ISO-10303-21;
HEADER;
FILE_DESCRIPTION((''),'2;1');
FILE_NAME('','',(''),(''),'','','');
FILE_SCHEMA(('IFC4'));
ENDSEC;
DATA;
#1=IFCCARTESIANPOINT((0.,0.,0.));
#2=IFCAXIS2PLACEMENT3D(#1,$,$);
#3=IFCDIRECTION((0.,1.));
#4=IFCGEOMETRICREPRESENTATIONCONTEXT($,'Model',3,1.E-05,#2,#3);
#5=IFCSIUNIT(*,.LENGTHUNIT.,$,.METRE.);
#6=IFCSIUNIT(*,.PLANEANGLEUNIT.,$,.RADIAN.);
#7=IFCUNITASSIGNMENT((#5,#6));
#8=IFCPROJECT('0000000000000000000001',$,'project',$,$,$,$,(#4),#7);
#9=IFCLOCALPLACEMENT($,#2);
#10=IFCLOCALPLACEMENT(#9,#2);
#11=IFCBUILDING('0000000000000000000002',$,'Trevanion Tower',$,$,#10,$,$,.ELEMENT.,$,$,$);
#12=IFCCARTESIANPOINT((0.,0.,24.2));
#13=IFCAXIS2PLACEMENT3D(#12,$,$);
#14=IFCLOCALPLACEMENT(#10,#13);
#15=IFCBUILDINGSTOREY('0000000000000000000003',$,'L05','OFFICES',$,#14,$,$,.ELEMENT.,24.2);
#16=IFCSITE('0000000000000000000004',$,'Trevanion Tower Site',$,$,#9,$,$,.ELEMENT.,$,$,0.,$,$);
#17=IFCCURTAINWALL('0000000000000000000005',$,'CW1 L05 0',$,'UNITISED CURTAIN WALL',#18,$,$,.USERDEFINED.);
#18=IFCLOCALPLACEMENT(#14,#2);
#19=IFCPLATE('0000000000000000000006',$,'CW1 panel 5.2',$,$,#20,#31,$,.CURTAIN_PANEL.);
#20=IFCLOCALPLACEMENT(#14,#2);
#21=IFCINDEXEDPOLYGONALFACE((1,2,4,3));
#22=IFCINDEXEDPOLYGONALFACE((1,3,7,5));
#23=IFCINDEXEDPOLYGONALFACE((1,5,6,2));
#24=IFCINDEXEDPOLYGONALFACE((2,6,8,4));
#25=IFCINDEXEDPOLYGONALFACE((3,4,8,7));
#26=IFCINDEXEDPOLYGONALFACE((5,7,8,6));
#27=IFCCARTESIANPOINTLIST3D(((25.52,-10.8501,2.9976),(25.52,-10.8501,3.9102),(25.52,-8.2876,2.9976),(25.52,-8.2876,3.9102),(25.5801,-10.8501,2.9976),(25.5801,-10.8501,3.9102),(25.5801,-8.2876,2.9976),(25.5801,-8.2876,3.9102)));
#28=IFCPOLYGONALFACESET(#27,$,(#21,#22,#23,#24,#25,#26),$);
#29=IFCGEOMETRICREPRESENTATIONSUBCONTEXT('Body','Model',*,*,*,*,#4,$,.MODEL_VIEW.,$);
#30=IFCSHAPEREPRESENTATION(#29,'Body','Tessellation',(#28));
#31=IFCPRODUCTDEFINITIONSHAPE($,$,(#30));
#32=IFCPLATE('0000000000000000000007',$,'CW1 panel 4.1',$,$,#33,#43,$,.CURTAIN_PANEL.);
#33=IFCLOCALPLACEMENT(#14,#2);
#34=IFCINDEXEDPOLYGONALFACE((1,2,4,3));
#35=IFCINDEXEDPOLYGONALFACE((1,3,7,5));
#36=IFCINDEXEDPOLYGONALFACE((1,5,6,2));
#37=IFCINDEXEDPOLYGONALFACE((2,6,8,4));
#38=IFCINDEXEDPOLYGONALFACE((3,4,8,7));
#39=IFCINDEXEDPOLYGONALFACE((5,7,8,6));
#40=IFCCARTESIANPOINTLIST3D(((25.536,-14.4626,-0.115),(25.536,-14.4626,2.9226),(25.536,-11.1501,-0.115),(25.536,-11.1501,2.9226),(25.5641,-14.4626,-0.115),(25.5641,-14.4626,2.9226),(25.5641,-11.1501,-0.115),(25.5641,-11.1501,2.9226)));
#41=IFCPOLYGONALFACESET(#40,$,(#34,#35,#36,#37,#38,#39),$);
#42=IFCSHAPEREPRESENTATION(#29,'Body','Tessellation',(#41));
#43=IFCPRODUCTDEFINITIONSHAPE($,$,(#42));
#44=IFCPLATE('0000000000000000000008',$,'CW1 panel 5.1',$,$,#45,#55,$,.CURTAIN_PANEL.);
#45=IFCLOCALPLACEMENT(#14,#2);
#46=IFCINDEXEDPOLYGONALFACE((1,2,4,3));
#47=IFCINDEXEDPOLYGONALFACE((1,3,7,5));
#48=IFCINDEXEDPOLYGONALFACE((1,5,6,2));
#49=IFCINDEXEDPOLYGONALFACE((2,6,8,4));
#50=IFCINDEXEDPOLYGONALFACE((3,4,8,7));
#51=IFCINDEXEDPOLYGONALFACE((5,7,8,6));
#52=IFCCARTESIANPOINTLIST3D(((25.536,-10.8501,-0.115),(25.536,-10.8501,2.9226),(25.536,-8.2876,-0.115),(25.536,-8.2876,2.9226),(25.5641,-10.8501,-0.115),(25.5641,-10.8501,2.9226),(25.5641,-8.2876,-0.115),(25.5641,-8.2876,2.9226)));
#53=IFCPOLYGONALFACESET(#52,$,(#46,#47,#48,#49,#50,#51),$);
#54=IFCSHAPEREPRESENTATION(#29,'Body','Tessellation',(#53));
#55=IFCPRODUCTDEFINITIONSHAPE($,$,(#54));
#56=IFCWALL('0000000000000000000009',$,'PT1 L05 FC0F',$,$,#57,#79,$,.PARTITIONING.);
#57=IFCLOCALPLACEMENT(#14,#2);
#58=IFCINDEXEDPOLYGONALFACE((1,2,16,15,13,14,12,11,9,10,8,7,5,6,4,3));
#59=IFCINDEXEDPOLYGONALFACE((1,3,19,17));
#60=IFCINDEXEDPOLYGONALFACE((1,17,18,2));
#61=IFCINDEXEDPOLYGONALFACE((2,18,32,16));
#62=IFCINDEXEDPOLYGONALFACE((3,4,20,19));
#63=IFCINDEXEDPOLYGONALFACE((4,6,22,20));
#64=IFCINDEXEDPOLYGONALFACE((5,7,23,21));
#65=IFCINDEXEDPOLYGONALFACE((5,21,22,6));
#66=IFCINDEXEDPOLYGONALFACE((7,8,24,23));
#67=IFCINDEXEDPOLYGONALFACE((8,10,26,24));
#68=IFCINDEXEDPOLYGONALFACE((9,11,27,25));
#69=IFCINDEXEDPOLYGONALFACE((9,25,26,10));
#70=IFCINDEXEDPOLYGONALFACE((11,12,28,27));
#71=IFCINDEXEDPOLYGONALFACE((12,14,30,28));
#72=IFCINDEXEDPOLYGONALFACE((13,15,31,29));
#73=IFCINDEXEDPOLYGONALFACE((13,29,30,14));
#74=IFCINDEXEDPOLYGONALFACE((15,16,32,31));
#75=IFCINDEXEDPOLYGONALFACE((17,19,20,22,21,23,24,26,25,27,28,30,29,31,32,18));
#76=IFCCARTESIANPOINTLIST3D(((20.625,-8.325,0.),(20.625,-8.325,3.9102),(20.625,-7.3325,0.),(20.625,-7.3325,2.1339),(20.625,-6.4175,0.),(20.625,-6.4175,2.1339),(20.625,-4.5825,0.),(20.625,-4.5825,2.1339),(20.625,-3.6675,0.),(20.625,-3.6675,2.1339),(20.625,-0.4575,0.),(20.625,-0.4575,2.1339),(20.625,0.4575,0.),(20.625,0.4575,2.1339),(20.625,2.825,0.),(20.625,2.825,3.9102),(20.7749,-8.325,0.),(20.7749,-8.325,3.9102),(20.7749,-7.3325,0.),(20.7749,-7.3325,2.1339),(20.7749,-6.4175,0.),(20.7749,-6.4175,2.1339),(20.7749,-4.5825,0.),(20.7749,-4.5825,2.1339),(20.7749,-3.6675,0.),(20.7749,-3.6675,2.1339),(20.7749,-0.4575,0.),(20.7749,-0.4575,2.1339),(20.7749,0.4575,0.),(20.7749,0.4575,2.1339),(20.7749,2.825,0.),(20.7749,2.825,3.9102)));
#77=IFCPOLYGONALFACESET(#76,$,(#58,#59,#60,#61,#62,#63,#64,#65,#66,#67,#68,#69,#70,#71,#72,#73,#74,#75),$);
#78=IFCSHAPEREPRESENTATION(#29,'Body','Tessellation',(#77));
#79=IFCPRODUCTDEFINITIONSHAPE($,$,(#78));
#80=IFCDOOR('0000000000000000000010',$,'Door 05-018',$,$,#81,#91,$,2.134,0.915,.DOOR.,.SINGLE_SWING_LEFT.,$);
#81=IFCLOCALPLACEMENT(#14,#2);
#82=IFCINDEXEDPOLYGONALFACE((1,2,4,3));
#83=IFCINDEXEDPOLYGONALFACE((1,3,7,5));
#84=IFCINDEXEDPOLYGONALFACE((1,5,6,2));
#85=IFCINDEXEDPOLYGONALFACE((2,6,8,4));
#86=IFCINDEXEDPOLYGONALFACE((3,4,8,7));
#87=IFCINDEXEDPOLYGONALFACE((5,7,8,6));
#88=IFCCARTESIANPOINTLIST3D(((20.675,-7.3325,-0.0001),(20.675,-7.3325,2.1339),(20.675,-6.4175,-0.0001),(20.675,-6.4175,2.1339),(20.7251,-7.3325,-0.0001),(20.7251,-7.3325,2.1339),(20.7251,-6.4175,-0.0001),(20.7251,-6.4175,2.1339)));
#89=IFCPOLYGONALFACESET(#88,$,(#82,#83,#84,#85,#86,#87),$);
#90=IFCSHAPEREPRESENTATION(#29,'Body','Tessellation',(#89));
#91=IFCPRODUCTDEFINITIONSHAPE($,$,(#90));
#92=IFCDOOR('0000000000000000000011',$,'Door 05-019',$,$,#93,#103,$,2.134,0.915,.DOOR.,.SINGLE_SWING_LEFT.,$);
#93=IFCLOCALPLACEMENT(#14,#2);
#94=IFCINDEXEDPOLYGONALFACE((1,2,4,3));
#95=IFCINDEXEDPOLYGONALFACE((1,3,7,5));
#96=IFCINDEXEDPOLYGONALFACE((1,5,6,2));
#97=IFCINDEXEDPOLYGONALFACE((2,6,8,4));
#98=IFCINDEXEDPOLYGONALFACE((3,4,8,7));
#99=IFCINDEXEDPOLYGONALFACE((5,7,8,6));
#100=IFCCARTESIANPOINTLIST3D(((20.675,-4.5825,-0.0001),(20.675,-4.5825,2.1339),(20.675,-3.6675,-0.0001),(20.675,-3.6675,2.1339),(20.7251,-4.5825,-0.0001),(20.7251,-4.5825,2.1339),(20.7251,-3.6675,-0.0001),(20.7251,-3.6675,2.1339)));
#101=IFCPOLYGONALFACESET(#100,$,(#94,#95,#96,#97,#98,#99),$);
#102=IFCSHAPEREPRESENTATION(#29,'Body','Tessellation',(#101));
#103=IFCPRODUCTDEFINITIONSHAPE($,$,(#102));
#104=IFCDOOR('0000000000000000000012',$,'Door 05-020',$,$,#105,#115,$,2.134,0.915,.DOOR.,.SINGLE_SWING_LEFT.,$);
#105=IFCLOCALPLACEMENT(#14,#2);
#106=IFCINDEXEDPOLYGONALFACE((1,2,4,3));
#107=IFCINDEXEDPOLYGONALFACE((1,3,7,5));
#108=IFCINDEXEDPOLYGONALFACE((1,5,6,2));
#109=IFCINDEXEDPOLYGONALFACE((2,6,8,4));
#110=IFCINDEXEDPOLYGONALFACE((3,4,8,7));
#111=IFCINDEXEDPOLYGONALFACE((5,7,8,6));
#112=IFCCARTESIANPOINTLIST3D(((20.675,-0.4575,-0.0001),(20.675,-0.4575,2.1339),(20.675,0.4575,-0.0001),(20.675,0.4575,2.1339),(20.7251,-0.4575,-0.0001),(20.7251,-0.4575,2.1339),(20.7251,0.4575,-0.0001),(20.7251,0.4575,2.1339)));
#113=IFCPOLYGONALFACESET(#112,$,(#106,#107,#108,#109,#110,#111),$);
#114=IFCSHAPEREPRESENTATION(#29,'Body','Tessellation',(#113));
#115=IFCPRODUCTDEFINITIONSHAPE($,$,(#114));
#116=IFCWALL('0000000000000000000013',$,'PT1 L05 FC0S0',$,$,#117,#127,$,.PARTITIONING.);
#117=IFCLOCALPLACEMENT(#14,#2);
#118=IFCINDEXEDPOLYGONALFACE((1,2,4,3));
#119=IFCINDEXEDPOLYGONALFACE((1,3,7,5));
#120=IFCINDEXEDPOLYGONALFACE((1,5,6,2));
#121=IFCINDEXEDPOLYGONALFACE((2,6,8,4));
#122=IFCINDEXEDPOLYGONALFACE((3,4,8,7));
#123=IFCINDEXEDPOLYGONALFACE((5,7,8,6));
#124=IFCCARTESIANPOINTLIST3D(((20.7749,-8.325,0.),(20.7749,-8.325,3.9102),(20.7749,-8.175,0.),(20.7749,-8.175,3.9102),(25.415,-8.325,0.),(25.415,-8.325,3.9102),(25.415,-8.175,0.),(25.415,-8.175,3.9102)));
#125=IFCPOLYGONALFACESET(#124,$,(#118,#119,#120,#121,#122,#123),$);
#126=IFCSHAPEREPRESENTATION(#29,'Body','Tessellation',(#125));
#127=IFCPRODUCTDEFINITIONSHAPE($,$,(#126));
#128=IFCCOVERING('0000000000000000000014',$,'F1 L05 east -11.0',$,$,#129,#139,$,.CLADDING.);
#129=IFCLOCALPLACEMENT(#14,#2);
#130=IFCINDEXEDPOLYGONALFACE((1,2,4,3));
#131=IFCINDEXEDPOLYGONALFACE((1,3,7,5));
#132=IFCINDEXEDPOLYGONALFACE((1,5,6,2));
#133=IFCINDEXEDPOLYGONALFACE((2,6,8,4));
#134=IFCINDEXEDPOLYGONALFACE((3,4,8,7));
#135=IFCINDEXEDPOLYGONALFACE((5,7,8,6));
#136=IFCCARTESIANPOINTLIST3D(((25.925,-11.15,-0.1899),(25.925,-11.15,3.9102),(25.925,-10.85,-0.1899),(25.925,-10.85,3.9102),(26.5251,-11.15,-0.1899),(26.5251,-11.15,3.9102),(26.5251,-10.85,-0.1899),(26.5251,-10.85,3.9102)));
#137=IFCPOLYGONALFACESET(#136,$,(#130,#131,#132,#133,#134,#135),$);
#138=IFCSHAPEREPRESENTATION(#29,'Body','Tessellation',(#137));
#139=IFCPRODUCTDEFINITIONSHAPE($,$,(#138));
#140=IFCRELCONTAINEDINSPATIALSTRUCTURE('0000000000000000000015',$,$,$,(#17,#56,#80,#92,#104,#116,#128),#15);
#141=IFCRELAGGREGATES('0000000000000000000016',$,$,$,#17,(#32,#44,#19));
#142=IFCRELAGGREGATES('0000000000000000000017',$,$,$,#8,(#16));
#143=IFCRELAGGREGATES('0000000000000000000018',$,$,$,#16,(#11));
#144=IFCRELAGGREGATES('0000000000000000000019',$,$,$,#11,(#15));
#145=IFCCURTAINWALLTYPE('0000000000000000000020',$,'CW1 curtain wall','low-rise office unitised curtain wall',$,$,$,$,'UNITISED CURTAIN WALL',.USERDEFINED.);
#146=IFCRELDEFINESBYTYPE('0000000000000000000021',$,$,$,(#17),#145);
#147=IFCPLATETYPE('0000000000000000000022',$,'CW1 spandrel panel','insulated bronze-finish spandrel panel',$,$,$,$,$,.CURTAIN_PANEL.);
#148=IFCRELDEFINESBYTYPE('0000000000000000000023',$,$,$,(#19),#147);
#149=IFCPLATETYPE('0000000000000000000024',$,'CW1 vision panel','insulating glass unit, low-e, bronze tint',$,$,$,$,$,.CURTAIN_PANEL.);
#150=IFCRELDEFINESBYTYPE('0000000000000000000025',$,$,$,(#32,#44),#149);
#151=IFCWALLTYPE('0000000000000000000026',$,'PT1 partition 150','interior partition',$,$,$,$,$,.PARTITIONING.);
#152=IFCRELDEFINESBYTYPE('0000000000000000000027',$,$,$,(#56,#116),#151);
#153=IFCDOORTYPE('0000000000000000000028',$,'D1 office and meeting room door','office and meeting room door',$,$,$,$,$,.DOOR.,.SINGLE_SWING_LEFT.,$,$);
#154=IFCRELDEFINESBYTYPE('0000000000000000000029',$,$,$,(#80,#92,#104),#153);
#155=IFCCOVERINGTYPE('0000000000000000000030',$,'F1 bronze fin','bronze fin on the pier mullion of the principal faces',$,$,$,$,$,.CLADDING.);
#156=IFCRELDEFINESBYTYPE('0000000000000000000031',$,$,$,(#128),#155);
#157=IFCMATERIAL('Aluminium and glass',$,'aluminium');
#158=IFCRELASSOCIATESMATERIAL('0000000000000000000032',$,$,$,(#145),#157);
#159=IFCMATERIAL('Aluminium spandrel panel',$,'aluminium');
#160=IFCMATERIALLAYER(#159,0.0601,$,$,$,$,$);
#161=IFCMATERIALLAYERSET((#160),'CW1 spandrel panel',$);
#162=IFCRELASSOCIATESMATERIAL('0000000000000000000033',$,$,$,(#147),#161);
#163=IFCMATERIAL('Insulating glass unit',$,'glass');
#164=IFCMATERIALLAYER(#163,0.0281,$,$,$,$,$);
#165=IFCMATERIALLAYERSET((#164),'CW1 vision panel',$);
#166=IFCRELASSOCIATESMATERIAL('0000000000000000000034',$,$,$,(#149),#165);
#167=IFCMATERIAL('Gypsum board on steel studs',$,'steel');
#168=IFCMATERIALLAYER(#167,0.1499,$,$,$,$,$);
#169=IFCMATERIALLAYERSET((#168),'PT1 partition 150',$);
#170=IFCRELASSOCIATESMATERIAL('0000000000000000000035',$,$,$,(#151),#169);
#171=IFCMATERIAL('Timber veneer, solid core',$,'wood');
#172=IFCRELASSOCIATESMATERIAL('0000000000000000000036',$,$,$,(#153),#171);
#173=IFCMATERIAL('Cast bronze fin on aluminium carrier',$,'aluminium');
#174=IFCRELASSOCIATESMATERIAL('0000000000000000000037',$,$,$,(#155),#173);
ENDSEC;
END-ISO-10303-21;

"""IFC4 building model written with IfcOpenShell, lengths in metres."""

from ifc_helpers import new_model, si_unit, direction, frame, frame_2d, origin, origin_2d, place, context, subcontext, project, spatial, rectangle, extrude, material, layer, layer_set, type_object, element, fill, aggregate, save


model = new_model("IFC4")

# Units and contexts
model_context = context("Model", 3, precision=1e-05, world=origin(), true_north=direction((0.0, 1.0)))
body_context = subcontext(model_context, "Body", "Model", "MODEL_VIEW")
ifc_project = project(units=[si_unit("LENGTHUNIT", "METRE"), si_unit("PLANEANGLEUNIT", "RADIAN")], contexts=[model_context])

# Site, building, storey
site_placement = place(None, origin())
site = spatial("IfcSite", under=ifc_project, at=site_placement, Name="Trevanion Tower Site", CompositionType="ELEMENT", RefElevation=0.0)
building_placement = place(site_placement, origin())
building = spatial("IfcBuilding", under=site, at=building_placement, Name="Trevanion Tower", CompositionType="ELEMENT")
storey_placement = place(building_placement, frame((0.0, 0.0, 24.2)))
storey = spatial("IfcBuildingStorey", under=building, at=storey_placement, Name="L05", Description="OFFICES", CompositionType="ELEMENT", Elevation=24.2)

# Curtain wall
ifc_material_1 = material(Name="Aluminium and glass", Category="aluminium")
curtain_wall_type = type_object("IfcCurtainWallType", Name="CW1 curtain wall", Description="low-rise office unitised curtain wall", ElementType="UNITISED CURTAIN WALL", PredefinedType="USERDEFINED", material=ifc_material_1)
curtain_wall_placement = place(storey_placement, origin())
curtain_wall = element("IfcCurtainWall", 1, at=curtain_wall_placement, inside=storey, type_object=curtain_wall_type, Name="CW1 L05 0", ObjectType="UNITISED CURTAIN WALL", PredefinedType="USERDEFINED")

# Plates
ifc_material_2 = material(Name="Aluminium spandrel panel", Category="aluminium")
ifc_layer_1 = layer(ifc_material_2, 0.0601)
ifc_layer_set_1 = layer_set([ifc_layer_1], Name="CW1 spandrel panel")
plate_type_1 = type_object("IfcPlateType", Name="CW1 spandrel panel", Description="insulated bronze-finish spandrel panel", PredefinedType="CURTAIN_PANEL", material=ifc_layer_set_1)
plate_1_placement = place(storey_placement, frame((25.55, -9.5688, 2.9976), z_axis=(0.0, 0.0, 1.0), x_axis=(0.0, 1.0, 0.0)))
plate_1 = element("IfcPlate", 2, at=plate_1_placement, type_object=plate_type_1, Name="CW1 panel 5.2", PredefinedType="CURTAIN_PANEL", context=body_context, shape_type="SweptSolid", body=[
    extrude(rectangle(XDim=2.5625, YDim=0.0601, at=origin_2d()), origin(), (0.0, 0.0, 1.0), 0.9126),
])
ifc_material_3 = material(Name="Insulating glass unit", Category="glass")
ifc_layer_2 = layer(ifc_material_3, 0.0281)
ifc_layer_set_2 = layer_set([ifc_layer_2], Name="CW1 vision panel")
plate_type_2 = type_object("IfcPlateType", Name="CW1 vision panel", Description="insulating glass unit, low-e, bronze tint", PredefinedType="CURTAIN_PANEL", material=ifc_layer_set_2)
plate_2_placement = place(storey_placement, frame((25.55, -12.8064, -0.115), z_axis=(0.0, 0.0, 1.0), x_axis=(0.0, 1.0, 0.0)))
plate_2 = element("IfcPlate", 3, at=plate_2_placement, type_object=plate_type_2, Name="CW1 panel 4.1", PredefinedType="CURTAIN_PANEL", context=body_context, shape_type="SweptSolid", body=[
    extrude(rectangle(XDim=3.3125, YDim=0.0281, at=origin_2d()), origin(), (0.0, 0.0, 1.0), 3.0376),
])
plate_3_placement = place(storey_placement, frame((25.55, -9.5688, -0.115), z_axis=(0.0, 0.0, 1.0), x_axis=(0.0, 1.0, 0.0)))
plate_3 = element("IfcPlate", 4, at=plate_3_placement, type_object=plate_type_2, Name="CW1 panel 5.1", PredefinedType="CURTAIN_PANEL", context=body_context, shape_type="SweptSolid", body=[
    extrude(rectangle(XDim=2.5625, YDim=0.0281, at=origin_2d()), origin(), (0.0, 0.0, 1.0), 3.0376),
])
aggregate(curtain_wall, [plate_2, plate_3, plate_1])

# Wall, openings, doors
ifc_material_4 = material(Name="Gypsum board on steel studs", Category="steel")
ifc_layer_3 = layer(ifc_material_4, 0.1499)
ifc_layer_set_3 = layer_set([ifc_layer_3], Name="PT1 partition 150")
wall_type = type_object("IfcWallType", Name="PT1 partition 150", Description="interior partition", PredefinedType="PARTITIONING", material=ifc_layer_set_3)
wall_1_placement = place(storey_placement, frame((20.7, -8.325, 0.0), z_axis=(0.0, 0.0, 1.0), x_axis=(0.0, 1.0, 0.0)))
wall_1 = element("IfcWall", 5, at=wall_1_placement, inside=storey, type_object=wall_type, Name="PT1 L05 FC0F", PredefinedType="PARTITIONING", context=body_context, shape_type="SweptSolid", body=[
    extrude(rectangle(XDim=11.1499, YDim=0.1499, at=frame_2d((5.575, 0.0))), origin(), (0.0, 0.0, 1.0), 3.9102),
])
opening_1_placement = place(wall_1_placement, frame((0.9924, 0.0, 0.0)))
opening_1 = element("IfcOpeningElement", 6, at=opening_1_placement, cuts=wall_1, PredefinedType="OPENING", context=body_context, shape_type="SweptSolid", body=[
    extrude(rectangle(XDim=0.915, YDim=2.134, at=frame_2d((0.4575, 1.0669))), frame((0.0, 0.085, 0.0), z_axis=(0.0, -1.0, 0.0), x_axis=(1.0, 0.0, 0.0)), (0.0, 0.0, 1.0), 0.1699),
])
opening_2_placement = place(wall_1_placement, frame((3.7424, 0.0, 0.0)))
opening_2 = element("IfcOpeningElement", 7, at=opening_2_placement, cuts=wall_1, PredefinedType="OPENING", context=body_context, shape_type="SweptSolid", body=[
    extrude(rectangle(XDim=0.915, YDim=2.134, at=frame_2d((0.4575, 1.0669))), frame((0.0, 0.085, 0.0), z_axis=(0.0, -1.0, 0.0), x_axis=(1.0, 0.0, 0.0)), (0.0, 0.0, 1.0), 0.1699),
])
opening_3_placement = place(wall_1_placement, frame((7.8674, 0.0, 0.0)))
opening_3 = element("IfcOpeningElement", 8, at=opening_3_placement, cuts=wall_1, PredefinedType="OPENING", context=body_context, shape_type="SweptSolid", body=[
    extrude(rectangle(XDim=0.915, YDim=2.134, at=frame_2d((0.4575, 1.0669))), frame((0.0, 0.085, 0.0), z_axis=(0.0, -1.0, 0.0), x_axis=(1.0, 0.0, 0.0)), (0.0, 0.0, 1.0), 0.1699),
])
ifc_material_5 = material(Name="Timber veneer, solid core", Category="wood")
door_type = type_object("IfcDoorType", Name="D1 office and meeting room door", Description="office and meeting room door", OperationType="SINGLE_SWING_LEFT", PredefinedType="DOOR", material=ifc_material_5)
door_1_placement = place(opening_1_placement, origin())
door_1 = element("IfcDoor", 9, at=door_1_placement, inside=storey, type_object=door_type, Name="Door 05-018", OperationType="SINGLE_SWING_LEFT", OverallHeight=2.134, OverallWidth=0.915, PredefinedType="DOOR", context=body_context, shape_type="SweptSolid", body=[
    extrude(rectangle(XDim=0.915, YDim=2.134, at=frame_2d((0.4575, 1.0669))), frame((0.0, 0.0249, 0.0), z_axis=(0.0, -1.0, 0.0), x_axis=(1.0, 0.0, 0.0)), (0.0, 0.0, 1.0), 0.05),
])
fill(opening_1, door_1)
door_2_placement = place(opening_2_placement, origin())
door_2 = element("IfcDoor", 10, at=door_2_placement, inside=storey, type_object=door_type, Name="Door 05-019", OperationType="SINGLE_SWING_LEFT", OverallHeight=2.134, OverallWidth=0.915, PredefinedType="DOOR", context=body_context, shape_type="SweptSolid", body=[
    extrude(rectangle(XDim=0.915, YDim=2.134, at=frame_2d((0.4575, 1.0669))), frame((0.0, 0.0249, 0.0), z_axis=(0.0, -1.0, 0.0), x_axis=(1.0, 0.0, 0.0)), (0.0, 0.0, 1.0), 0.05),
])
fill(opening_2, door_2)
door_3_placement = place(opening_3_placement, origin())
door_3 = element("IfcDoor", 11, at=door_3_placement, inside=storey, type_object=door_type, Name="Door 05-020", OperationType="SINGLE_SWING_LEFT", OverallHeight=2.134, OverallWidth=0.915, PredefinedType="DOOR", context=body_context, shape_type="SweptSolid", body=[
    extrude(rectangle(XDim=0.915, YDim=2.134, at=frame_2d((0.4575, 1.0669))), frame((0.0, 0.0249, 0.0), z_axis=(0.0, -1.0, 0.0), x_axis=(1.0, 0.0, 0.0)), (0.0, 0.0, 1.0), 0.05),
])
fill(opening_3, door_3)

# Wall
wall_2_placement = place(storey_placement, frame((20.7749, -8.25, 0.0), z_axis=(0.0, 0.0, 1.0), x_axis=(1.0, 0.0, 0.0)))
element("IfcWall", 12, at=wall_2_placement, inside=storey, type_object=wall_type, Name="PT1 L05 FC0S0", PredefinedType="PARTITIONING", context=body_context, shape_type="SweptSolid", body=[
    extrude(rectangle(XDim=4.6401, YDim=0.1499, at=frame_2d((2.3201, 0.0))), origin(), (0.0, 0.0, 1.0), 3.9102),
])

# Covering
ifc_material_6 = material(Name="Cast bronze fin on aluminium carrier", Category="aluminium")
covering_type = type_object("IfcCoveringType", Name="F1 bronze fin", Description="bronze fin on the pier mullion of the principal faces", PredefinedType="CLADDING", material=ifc_material_6)
covering_placement = place(storey_placement, frame((26.2251, -11.0, -0.1899), z_axis=(0.0, 0.0, 1.0), x_axis=(0.0, 1.0, 0.0)))
element("IfcCovering", 13, at=covering_placement, inside=storey, type_object=covering_type, Name="F1 L05 east -11.0", PredefinedType="CLADDING", context=body_context, shape_type="SweptSolid", body=[
    extrude(rectangle(XDim=0.3, YDim=0.6001, at=origin_2d()), origin(), (0.0, 0.0, 1.0), 4.1001),
])

save(model, "model.ifc")
